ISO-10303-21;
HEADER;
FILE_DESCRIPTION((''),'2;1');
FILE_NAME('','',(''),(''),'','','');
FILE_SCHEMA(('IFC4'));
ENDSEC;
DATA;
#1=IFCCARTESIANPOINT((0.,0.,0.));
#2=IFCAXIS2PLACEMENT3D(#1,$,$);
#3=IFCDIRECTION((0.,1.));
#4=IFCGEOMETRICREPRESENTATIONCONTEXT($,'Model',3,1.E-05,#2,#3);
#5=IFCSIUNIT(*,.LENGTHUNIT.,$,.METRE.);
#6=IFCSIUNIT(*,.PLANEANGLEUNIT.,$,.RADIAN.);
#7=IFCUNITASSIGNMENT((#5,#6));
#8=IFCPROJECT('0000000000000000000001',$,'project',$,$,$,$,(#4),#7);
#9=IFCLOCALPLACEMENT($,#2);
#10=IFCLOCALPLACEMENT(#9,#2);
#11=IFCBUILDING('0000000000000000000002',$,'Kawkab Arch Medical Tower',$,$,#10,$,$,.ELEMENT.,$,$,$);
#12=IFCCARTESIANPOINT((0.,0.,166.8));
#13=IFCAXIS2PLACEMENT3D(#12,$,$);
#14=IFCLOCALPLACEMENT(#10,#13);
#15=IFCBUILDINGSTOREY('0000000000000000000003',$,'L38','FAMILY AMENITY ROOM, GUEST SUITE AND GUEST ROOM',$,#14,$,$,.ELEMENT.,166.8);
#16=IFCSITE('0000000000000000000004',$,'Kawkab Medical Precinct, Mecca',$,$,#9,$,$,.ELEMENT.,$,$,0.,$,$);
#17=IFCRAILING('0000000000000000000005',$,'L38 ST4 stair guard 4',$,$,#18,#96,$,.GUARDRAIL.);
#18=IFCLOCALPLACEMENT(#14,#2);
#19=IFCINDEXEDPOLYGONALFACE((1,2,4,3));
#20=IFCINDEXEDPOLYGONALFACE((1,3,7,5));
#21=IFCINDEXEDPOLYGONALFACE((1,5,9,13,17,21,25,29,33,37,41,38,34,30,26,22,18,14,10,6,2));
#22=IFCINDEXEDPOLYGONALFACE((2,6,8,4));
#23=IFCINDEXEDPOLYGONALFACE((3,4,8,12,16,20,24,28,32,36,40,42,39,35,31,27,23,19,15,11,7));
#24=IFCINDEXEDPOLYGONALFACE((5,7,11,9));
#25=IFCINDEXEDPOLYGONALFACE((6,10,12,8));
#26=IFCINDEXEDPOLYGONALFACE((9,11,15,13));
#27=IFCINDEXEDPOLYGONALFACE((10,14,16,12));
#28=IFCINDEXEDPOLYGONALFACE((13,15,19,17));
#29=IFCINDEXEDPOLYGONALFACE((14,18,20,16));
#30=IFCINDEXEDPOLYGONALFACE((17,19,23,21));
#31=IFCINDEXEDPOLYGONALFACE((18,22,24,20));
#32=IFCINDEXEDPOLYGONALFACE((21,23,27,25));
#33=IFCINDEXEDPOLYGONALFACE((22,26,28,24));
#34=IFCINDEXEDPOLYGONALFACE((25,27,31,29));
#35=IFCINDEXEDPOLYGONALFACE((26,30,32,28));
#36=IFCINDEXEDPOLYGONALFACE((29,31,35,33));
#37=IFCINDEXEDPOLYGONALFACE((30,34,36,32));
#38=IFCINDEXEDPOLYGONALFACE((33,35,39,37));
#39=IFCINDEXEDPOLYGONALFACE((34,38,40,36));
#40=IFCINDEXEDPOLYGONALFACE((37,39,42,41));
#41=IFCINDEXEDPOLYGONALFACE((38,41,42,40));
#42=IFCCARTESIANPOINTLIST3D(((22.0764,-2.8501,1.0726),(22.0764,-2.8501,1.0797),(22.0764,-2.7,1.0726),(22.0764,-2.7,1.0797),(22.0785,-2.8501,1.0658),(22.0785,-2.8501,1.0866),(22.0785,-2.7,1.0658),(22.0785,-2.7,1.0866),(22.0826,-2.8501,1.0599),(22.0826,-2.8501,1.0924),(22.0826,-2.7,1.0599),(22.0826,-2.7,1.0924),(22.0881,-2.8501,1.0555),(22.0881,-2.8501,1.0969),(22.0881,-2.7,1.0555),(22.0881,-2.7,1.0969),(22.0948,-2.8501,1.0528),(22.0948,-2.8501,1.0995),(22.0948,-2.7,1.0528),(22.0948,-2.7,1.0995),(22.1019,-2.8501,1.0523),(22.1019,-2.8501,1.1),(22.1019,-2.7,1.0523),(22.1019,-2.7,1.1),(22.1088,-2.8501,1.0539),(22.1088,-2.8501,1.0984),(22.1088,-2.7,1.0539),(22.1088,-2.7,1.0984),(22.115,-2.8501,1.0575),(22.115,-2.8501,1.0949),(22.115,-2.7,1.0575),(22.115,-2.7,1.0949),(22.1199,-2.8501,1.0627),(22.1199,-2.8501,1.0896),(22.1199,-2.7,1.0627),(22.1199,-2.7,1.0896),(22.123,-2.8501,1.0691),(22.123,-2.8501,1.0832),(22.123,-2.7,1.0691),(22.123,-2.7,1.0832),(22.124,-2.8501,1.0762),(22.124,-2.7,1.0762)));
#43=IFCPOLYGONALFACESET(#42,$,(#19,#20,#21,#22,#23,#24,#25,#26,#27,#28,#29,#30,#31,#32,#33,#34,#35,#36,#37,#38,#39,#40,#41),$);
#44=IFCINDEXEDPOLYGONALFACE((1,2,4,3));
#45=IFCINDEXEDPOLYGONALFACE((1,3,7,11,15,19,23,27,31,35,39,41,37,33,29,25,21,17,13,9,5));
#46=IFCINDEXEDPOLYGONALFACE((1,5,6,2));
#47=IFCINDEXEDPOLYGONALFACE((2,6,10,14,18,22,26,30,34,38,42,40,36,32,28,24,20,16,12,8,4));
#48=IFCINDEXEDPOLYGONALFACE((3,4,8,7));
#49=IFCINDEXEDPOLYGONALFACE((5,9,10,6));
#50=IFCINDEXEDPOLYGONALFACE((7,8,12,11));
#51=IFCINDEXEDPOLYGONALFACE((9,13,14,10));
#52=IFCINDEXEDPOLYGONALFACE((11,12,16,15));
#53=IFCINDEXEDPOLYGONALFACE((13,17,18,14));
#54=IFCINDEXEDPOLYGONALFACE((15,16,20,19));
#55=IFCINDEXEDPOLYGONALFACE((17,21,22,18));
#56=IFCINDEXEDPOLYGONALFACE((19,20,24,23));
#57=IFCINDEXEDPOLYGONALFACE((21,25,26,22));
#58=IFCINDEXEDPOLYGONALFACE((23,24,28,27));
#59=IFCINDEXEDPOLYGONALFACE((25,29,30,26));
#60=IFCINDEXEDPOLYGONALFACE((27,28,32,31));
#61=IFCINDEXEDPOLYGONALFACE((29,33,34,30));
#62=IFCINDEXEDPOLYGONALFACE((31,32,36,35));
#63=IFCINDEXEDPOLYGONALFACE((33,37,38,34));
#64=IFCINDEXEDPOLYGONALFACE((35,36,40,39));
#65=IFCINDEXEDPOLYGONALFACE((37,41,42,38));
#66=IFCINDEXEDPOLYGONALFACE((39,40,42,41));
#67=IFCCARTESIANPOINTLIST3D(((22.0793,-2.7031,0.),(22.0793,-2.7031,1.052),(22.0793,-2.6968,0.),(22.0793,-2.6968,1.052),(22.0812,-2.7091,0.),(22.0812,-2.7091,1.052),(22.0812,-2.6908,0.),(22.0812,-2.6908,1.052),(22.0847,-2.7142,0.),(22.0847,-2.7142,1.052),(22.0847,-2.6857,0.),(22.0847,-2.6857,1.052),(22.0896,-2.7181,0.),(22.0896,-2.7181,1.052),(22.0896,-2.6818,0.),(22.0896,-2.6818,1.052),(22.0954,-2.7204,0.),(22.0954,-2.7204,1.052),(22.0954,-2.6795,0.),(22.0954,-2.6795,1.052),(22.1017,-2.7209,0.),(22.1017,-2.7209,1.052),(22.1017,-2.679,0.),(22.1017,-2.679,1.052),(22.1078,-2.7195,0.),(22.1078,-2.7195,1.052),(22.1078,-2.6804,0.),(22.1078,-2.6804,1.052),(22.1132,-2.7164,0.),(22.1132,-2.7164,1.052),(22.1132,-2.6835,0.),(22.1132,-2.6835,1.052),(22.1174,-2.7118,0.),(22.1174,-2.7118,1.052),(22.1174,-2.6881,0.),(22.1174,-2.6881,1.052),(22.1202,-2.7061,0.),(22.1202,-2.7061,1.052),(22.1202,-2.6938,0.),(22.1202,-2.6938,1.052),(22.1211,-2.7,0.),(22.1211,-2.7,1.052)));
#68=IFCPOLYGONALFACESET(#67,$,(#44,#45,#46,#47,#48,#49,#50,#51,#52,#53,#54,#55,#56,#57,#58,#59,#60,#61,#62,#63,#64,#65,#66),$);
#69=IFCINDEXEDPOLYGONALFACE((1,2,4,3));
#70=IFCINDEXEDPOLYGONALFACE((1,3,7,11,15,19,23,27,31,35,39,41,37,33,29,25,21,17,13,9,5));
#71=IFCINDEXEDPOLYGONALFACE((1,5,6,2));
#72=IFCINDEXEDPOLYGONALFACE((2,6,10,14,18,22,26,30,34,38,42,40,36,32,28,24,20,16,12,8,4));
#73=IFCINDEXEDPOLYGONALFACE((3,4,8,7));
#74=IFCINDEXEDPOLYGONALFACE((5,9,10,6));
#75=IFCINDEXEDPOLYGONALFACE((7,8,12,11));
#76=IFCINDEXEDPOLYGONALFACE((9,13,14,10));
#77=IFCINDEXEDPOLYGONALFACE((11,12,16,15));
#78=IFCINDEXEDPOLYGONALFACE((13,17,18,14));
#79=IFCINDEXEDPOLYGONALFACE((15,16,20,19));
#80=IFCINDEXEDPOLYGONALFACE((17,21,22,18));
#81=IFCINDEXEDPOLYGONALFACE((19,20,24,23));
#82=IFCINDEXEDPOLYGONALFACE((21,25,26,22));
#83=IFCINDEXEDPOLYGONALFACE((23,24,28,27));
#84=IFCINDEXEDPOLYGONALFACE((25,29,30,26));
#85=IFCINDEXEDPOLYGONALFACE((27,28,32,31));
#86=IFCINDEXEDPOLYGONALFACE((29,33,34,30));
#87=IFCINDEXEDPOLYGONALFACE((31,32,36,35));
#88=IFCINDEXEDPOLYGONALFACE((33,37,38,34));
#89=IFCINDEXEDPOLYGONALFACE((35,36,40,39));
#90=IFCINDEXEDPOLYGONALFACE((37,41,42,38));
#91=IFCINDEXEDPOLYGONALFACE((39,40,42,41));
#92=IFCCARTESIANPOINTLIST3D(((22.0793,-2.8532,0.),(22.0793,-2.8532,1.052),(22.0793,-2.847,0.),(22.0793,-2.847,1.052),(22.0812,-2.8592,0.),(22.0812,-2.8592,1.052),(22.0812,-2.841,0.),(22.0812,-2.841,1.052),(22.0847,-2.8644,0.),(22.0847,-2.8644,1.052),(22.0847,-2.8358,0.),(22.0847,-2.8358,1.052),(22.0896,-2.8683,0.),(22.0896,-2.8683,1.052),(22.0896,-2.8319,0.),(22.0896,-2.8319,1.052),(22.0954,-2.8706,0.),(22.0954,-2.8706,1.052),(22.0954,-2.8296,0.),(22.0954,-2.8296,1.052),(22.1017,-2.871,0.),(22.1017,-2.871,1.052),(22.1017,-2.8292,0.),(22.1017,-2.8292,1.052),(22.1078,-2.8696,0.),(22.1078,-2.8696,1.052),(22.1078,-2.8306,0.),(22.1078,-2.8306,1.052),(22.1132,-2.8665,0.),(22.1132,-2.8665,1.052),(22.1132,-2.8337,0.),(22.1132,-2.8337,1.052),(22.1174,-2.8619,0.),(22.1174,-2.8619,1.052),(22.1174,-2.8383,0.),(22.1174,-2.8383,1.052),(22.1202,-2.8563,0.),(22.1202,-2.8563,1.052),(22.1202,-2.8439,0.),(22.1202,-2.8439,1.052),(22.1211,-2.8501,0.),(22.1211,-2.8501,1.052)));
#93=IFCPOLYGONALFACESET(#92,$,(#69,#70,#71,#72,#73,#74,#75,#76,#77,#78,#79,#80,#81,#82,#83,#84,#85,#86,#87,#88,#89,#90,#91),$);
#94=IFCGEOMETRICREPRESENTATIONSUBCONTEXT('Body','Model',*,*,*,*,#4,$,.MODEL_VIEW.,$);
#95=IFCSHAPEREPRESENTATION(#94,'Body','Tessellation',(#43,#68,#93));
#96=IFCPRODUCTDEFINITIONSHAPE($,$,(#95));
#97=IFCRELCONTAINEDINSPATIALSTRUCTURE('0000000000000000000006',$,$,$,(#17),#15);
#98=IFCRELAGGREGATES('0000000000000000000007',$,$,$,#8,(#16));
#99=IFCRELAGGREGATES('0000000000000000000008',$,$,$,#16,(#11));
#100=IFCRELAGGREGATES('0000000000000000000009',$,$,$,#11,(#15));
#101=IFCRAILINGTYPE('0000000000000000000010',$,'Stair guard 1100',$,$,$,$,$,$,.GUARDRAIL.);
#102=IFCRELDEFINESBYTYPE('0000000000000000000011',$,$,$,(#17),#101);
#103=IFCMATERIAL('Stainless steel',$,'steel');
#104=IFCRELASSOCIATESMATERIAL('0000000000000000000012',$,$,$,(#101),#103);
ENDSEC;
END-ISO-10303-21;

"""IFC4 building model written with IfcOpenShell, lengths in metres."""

from ifc_helpers import new_model, si_unit, direction, frame, origin, origin_2d, place, context, subcontext, project, spatial, circle, extrude, material, type_object, element, save


model = new_model("IFC4")

# Units and contexts
model_context = context("Model", 3, precision=1e-05, world=origin(), true_north=direction((0.0, 1.0)))
body_context = subcontext(model_context, "Body", "Model", "MODEL_VIEW")
ifc_project = project(units=[si_unit("LENGTHUNIT", "METRE"), si_unit("PLANEANGLEUNIT", "RADIAN")], contexts=[model_context])

# Site, building, storey
site_placement = place(None, origin())
site = spatial("IfcSite", under=ifc_project, at=site_placement, Name="Kawkab Medical Precinct, Mecca", CompositionType="ELEMENT", RefElevation=0.0)
building_placement = place(site_placement, origin())
building = spatial("IfcBuilding", under=site, at=building_placement, Name="Kawkab Arch Medical Tower", CompositionType="ELEMENT")
storey_placement = place(building_placement, frame((0.0, 0.0, 166.8)))
storey = spatial("IfcBuildingStorey", under=building, at=storey_placement, Name="L38", Description="FAMILY AMENITY ROOM, GUEST SUITE AND GUEST ROOM", CompositionType="ELEMENT", Elevation=166.8)

# Railing
ifc_material_1 = material(Name="Stainless steel", Category="steel")
railing_type = type_object("IfcRailingType", Name="Stair guard 1100", PredefinedType="GUARDRAIL", material=ifc_material_1)
railing_1_placement = place(storey_placement, frame((22.1001, -2.7, 0.0)))
element("IfcRailing", 1, at=railing_1_placement, inside=storey, type_object=railing_type, Name="L38 ST4 stair guard 4", PredefinedType="GUARDRAIL", context=body_context, shape_type="SweptSolid", body=[
    extrude(circle(Radius=0.0239, at=origin_2d()), frame((0.0, 0.0, 1.0762), z_axis=(0.0, -1.0, 0.0), x_axis=(1.0, 0.0, 0.0)), (0.0, 0.0, 1.0), 0.1501),
    extrude(circle(Radius=0.021, at=origin_2d()), origin(), (0.0, 0.0, 1.0), 1.052),
    extrude(circle(Radius=0.021, at=origin_2d()), frame((0.0, -0.1501, 0.0)), (0.0, 0.0, 1.0), 1.052),
])

save(model, "model.ifc")
